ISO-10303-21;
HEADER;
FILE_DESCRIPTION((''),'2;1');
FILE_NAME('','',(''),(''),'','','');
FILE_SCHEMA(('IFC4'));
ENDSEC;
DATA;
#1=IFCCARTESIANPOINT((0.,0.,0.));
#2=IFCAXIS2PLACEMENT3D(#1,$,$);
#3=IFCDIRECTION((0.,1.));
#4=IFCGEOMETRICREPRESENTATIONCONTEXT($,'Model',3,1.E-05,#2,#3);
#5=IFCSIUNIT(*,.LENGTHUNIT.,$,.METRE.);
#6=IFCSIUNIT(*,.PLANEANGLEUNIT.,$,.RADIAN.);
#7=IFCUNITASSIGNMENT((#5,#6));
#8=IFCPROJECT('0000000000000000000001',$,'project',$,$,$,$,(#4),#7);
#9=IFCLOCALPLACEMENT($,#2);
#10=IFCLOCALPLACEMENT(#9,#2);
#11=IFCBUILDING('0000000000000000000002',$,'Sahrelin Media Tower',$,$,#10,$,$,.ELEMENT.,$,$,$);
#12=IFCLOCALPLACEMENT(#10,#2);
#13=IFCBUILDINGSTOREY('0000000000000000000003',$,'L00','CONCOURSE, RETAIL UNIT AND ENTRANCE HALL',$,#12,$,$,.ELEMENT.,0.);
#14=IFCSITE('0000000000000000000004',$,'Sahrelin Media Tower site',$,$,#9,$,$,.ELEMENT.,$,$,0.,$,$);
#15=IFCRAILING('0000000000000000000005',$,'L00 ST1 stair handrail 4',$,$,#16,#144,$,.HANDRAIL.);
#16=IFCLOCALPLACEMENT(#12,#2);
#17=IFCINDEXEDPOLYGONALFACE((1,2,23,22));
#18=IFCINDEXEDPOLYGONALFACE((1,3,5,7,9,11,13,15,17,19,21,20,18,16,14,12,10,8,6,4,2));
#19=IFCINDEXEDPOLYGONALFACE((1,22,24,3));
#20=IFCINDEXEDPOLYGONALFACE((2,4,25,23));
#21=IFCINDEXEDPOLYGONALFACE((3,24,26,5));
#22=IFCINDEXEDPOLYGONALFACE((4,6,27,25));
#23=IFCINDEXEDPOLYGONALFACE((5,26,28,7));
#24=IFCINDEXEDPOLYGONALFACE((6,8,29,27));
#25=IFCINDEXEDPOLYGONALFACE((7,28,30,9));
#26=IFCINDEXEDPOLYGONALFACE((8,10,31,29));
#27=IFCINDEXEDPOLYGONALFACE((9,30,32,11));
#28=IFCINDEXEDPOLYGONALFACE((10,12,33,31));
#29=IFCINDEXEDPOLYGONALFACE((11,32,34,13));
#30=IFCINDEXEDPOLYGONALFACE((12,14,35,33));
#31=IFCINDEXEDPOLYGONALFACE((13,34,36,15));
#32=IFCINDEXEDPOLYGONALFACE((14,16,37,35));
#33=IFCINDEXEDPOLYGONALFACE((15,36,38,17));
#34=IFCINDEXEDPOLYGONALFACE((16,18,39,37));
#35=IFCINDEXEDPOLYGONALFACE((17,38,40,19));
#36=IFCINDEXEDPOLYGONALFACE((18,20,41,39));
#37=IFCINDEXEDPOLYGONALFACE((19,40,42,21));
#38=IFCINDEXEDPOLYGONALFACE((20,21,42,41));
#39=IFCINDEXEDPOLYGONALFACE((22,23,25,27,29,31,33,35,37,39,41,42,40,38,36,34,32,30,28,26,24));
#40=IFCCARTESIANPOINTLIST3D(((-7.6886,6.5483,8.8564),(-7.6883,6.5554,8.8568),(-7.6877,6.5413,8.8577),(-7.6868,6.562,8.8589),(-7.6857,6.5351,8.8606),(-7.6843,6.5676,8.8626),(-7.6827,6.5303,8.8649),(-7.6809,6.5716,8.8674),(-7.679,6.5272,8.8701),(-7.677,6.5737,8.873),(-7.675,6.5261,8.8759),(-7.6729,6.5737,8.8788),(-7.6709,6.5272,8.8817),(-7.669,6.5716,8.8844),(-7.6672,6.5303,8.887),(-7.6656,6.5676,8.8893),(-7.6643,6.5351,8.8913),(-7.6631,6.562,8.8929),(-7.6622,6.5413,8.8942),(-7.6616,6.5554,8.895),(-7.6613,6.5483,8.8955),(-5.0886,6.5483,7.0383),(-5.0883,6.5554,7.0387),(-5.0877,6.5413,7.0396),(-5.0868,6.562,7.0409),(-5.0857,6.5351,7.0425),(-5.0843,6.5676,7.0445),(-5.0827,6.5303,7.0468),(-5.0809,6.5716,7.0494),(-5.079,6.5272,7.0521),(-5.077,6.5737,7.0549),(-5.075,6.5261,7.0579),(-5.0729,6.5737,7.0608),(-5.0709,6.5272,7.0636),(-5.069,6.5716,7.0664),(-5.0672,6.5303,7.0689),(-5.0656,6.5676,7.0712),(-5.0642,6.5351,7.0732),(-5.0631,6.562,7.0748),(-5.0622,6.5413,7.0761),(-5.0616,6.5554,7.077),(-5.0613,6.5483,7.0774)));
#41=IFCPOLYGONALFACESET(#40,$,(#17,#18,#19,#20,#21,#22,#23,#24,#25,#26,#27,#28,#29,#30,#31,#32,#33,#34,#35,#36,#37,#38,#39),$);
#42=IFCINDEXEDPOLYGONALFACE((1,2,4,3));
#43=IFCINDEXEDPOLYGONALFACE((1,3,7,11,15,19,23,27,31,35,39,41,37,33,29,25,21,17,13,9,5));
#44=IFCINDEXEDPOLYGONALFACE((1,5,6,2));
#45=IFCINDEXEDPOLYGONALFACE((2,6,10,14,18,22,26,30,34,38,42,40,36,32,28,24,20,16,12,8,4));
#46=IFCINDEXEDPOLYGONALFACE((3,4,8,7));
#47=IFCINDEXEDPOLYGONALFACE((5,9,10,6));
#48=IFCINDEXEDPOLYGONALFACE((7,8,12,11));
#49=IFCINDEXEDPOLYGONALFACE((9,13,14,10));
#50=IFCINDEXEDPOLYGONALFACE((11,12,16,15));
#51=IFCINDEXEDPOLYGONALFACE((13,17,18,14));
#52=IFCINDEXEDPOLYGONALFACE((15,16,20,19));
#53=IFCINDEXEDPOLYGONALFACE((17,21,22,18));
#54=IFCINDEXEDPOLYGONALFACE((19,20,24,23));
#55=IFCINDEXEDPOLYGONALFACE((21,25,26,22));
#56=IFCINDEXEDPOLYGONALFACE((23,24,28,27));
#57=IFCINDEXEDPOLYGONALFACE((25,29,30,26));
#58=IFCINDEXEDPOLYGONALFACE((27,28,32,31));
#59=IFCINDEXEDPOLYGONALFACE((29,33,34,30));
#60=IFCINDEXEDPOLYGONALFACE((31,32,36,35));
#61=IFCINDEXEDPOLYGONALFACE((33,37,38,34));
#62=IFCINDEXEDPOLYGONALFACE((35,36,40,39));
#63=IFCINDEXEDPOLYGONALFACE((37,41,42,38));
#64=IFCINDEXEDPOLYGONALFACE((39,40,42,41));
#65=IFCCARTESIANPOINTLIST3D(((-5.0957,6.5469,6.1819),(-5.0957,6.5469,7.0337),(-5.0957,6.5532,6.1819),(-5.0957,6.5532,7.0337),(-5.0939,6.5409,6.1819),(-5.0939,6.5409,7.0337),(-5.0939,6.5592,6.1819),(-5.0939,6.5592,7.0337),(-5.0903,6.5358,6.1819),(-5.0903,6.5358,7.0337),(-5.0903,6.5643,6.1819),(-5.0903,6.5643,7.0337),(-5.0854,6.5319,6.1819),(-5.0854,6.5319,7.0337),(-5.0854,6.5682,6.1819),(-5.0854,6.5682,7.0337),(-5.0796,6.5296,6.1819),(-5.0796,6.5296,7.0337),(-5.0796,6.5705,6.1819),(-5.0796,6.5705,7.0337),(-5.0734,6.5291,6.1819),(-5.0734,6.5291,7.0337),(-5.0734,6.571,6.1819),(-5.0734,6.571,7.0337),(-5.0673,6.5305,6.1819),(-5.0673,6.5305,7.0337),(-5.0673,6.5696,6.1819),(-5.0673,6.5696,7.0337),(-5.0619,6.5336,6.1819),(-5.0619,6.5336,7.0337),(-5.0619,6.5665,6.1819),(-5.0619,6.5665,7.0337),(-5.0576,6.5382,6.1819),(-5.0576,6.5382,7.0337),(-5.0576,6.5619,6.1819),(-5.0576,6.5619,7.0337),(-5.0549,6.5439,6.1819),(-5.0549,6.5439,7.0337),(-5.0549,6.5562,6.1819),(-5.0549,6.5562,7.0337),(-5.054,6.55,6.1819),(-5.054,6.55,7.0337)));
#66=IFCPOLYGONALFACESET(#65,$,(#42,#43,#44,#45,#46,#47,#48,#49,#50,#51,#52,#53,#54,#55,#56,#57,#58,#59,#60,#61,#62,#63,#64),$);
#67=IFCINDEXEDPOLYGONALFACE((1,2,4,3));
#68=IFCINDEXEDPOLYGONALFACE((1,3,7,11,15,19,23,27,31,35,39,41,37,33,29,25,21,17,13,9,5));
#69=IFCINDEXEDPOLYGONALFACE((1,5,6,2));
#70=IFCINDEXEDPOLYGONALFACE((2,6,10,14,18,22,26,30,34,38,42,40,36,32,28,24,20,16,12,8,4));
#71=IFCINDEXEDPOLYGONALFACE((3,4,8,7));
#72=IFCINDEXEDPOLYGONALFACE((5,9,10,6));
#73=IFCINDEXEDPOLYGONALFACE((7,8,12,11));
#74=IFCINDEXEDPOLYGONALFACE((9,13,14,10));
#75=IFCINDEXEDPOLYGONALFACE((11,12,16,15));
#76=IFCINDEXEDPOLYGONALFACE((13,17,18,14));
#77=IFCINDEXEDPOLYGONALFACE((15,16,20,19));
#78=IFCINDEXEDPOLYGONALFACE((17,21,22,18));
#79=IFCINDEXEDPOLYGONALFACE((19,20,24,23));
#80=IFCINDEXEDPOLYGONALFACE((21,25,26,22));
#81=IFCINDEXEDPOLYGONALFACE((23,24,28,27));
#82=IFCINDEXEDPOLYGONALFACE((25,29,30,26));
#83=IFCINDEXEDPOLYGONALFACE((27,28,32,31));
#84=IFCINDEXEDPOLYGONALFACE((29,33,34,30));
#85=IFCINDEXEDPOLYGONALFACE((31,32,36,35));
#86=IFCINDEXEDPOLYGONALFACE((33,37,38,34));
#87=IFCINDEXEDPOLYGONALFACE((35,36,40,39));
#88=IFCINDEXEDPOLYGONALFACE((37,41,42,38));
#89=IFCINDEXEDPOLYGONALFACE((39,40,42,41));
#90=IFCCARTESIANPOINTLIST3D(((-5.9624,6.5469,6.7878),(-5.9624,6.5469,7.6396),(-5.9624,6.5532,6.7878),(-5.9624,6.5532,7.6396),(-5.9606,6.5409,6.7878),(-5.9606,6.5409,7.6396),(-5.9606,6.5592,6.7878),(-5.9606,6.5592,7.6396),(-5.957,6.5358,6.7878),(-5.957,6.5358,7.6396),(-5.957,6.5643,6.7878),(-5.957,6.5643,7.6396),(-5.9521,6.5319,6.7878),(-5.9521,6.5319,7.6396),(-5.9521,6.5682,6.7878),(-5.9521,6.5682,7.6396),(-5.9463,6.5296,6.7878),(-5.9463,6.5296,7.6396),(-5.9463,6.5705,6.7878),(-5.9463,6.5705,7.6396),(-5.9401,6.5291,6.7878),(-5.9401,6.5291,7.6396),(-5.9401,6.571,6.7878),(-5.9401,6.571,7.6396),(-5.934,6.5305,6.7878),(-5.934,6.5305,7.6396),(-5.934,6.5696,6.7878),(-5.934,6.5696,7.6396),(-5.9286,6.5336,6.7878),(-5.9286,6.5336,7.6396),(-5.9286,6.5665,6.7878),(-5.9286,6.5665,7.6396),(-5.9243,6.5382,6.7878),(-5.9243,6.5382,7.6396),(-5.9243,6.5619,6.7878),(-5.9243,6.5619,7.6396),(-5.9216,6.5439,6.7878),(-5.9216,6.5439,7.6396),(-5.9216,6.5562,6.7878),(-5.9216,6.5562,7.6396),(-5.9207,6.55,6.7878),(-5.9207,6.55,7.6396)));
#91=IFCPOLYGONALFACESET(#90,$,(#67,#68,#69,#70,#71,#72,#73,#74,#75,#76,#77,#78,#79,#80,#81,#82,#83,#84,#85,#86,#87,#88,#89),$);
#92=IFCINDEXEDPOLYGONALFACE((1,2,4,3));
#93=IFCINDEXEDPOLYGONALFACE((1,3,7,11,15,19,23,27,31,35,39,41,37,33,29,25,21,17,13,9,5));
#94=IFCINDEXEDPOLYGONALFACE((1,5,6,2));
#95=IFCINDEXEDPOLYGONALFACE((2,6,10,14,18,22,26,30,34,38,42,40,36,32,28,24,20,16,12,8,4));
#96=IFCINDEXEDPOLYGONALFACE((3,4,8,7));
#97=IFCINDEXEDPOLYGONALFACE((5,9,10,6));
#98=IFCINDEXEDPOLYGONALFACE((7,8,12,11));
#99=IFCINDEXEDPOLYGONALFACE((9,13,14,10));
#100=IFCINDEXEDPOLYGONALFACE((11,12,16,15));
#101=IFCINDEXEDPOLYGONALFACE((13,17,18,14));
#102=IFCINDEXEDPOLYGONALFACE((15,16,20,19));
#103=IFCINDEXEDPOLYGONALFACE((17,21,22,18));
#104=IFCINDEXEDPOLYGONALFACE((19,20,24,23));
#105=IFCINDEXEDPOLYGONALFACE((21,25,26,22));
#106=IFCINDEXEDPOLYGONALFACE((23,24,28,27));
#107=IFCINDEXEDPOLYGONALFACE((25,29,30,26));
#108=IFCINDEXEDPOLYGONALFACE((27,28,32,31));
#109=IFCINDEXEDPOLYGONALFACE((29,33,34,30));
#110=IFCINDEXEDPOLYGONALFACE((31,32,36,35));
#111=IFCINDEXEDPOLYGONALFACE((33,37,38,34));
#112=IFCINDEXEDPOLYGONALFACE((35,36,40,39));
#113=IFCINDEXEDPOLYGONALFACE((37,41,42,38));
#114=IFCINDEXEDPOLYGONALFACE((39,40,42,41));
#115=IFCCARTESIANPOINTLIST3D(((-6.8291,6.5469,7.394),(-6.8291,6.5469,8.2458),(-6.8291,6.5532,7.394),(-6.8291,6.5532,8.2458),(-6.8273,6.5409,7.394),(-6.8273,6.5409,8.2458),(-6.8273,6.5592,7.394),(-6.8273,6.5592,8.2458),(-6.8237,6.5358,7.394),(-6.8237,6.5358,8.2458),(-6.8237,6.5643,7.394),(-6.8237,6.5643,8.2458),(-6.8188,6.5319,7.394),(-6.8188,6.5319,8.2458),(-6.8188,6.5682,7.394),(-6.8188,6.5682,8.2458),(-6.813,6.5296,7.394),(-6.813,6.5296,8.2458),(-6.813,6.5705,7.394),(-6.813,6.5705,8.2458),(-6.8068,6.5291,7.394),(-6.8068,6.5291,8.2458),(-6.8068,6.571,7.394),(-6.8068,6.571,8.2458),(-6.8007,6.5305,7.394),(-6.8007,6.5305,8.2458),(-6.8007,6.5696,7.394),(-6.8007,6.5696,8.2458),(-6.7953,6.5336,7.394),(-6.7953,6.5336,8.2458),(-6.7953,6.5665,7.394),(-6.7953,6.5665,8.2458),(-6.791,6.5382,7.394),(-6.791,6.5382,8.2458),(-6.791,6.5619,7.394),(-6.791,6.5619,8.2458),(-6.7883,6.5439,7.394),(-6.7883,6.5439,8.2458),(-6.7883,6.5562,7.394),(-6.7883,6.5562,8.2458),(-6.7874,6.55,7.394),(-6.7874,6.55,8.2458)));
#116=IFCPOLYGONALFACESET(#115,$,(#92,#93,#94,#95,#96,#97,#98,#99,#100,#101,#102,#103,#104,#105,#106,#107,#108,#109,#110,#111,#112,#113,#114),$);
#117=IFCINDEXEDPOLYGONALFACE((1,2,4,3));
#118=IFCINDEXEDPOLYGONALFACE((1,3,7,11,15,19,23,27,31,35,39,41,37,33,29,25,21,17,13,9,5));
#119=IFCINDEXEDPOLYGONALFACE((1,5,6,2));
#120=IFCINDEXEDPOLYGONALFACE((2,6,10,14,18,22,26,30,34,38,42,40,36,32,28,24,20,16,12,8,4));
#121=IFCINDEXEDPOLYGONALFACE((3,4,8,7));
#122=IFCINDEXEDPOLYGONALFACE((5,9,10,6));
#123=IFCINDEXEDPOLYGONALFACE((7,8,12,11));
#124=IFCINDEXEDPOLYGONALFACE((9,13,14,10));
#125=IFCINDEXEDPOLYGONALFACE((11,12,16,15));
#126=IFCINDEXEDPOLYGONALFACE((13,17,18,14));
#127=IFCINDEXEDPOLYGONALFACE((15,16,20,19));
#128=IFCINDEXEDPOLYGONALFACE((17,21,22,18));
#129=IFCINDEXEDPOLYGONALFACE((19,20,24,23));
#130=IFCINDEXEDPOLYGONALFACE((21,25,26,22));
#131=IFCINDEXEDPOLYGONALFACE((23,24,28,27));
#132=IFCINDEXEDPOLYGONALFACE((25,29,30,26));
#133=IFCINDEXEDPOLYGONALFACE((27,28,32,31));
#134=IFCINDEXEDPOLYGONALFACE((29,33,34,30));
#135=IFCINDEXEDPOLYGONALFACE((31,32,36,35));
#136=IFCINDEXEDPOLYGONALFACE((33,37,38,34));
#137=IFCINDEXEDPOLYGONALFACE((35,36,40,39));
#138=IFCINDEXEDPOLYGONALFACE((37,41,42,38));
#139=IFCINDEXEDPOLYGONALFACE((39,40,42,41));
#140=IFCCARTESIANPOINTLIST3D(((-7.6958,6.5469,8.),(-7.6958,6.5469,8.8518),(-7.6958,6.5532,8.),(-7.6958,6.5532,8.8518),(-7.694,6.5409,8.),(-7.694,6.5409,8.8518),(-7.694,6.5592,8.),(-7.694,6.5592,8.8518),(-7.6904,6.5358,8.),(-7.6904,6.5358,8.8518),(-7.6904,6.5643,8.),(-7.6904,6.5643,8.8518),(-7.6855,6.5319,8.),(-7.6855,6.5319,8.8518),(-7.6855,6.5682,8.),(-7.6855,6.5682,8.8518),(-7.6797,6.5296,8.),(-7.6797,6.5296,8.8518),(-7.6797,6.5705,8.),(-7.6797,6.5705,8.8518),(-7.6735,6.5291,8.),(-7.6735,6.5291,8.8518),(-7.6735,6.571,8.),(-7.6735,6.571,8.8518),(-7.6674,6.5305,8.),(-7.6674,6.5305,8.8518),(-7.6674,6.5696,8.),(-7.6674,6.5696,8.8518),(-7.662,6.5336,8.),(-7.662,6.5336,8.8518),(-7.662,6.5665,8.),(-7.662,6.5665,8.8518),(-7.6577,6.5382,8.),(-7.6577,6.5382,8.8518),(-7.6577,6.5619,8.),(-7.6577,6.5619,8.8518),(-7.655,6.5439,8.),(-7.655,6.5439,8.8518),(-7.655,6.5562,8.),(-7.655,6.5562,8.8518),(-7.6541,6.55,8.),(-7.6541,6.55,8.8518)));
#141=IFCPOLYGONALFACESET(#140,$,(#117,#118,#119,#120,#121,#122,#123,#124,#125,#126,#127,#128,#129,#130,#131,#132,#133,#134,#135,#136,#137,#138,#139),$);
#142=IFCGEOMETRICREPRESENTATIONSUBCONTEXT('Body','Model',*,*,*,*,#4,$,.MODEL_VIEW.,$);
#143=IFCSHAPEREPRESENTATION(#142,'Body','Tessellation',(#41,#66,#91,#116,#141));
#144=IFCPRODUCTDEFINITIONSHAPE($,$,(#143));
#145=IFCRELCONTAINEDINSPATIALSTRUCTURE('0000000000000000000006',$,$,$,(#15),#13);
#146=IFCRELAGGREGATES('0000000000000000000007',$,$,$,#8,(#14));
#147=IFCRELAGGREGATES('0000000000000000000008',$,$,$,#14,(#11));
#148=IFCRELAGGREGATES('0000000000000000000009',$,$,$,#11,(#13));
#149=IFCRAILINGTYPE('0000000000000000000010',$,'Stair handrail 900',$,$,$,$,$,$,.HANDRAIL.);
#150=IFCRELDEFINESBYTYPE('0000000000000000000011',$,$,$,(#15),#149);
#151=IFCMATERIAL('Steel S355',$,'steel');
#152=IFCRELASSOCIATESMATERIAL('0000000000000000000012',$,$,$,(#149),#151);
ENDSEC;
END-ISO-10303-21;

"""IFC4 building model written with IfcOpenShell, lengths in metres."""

from ifc_helpers import new_model, si_unit, direction, frame, origin, origin_2d, place, context, subcontext, project, spatial, circle, extrude, material, type_object, element, save


model = new_model("IFC4")

# Units and contexts
model_context = context("Model", 3, precision=1e-05, world=origin(), true_north=direction((0.0, 1.0)))
body_context = subcontext(model_context, "Body", "Model", "MODEL_VIEW")
ifc_project = project(units=[si_unit("LENGTHUNIT", "METRE"), si_unit("PLANEANGLEUNIT", "RADIAN")], contexts=[model_context])

# Site, building, storey
site_placement = place(None, origin())
site = spatial("IfcSite", under=ifc_project, at=site_placement, Name="Sahrelin Media Tower site", CompositionType="ELEMENT", RefElevation=0.0)
building_placement = place(site_placement, origin())
building = spatial("IfcBuilding", under=site, at=building_placement, Name="Sahrelin Media Tower", CompositionType="ELEMENT")
storey_placement = place(building_placement, origin())
storey = spatial("IfcBuildingStorey", under=building, at=storey_placement, Name="L00", Description="CONCOURSE, RETAIL UNIT AND ENTRANCE HALL", CompositionType="ELEMENT", Elevation=0.0)

# Shared definitions
ifc_material_1 = material(Name="Steel S355", Category="steel")

# Railing
railing_type_1 = type_object("IfcRailingType", Name="Stair handrail 900", PredefinedType="HANDRAIL", material=ifc_material_1)
for number, where, name in (
    (1, (-5.075, 6.55, 6.1819), "L00 ST1 stair handrail 4"),
):
    element("IfcRailing", number, at=place(storey_placement, frame(where)), inside=storey, type_object=railing_type_1, Name=name, PredefinedType="HANDRAIL", context=body_context, shape_type="SweptSolid", body=[
        extrude(circle(Radius=0.0239, at=origin_2d()), frame((0.0, 0.0, 0.876), z_axis=(-0.819521, 0.0, 0.573049), x_axis=(0.0, -1.0, 0.0)), (0.0, 0.0, 1.0), 3.1726),
        extrude(circle(Radius=0.021, at=origin_2d()), origin(), (0.0, 0.0, 1.0), 0.8518),
        extrude(circle(Radius=0.021, at=origin_2d()), frame((-0.8667, 0.0, 0.606)), (0.0, 0.0, 1.0), 0.8518),
        extrude(circle(Radius=0.021, at=origin_2d()), frame((-1.7334, 0.0, 1.2122)), (0.0, 0.0, 1.0), 0.8518),
        extrude(circle(Radius=0.021, at=origin_2d()), frame((-2.6001, 0.0, 1.8181)), (0.0, 0.0, 1.0), 0.8518),
    ])

save(model, "model.ifc")
